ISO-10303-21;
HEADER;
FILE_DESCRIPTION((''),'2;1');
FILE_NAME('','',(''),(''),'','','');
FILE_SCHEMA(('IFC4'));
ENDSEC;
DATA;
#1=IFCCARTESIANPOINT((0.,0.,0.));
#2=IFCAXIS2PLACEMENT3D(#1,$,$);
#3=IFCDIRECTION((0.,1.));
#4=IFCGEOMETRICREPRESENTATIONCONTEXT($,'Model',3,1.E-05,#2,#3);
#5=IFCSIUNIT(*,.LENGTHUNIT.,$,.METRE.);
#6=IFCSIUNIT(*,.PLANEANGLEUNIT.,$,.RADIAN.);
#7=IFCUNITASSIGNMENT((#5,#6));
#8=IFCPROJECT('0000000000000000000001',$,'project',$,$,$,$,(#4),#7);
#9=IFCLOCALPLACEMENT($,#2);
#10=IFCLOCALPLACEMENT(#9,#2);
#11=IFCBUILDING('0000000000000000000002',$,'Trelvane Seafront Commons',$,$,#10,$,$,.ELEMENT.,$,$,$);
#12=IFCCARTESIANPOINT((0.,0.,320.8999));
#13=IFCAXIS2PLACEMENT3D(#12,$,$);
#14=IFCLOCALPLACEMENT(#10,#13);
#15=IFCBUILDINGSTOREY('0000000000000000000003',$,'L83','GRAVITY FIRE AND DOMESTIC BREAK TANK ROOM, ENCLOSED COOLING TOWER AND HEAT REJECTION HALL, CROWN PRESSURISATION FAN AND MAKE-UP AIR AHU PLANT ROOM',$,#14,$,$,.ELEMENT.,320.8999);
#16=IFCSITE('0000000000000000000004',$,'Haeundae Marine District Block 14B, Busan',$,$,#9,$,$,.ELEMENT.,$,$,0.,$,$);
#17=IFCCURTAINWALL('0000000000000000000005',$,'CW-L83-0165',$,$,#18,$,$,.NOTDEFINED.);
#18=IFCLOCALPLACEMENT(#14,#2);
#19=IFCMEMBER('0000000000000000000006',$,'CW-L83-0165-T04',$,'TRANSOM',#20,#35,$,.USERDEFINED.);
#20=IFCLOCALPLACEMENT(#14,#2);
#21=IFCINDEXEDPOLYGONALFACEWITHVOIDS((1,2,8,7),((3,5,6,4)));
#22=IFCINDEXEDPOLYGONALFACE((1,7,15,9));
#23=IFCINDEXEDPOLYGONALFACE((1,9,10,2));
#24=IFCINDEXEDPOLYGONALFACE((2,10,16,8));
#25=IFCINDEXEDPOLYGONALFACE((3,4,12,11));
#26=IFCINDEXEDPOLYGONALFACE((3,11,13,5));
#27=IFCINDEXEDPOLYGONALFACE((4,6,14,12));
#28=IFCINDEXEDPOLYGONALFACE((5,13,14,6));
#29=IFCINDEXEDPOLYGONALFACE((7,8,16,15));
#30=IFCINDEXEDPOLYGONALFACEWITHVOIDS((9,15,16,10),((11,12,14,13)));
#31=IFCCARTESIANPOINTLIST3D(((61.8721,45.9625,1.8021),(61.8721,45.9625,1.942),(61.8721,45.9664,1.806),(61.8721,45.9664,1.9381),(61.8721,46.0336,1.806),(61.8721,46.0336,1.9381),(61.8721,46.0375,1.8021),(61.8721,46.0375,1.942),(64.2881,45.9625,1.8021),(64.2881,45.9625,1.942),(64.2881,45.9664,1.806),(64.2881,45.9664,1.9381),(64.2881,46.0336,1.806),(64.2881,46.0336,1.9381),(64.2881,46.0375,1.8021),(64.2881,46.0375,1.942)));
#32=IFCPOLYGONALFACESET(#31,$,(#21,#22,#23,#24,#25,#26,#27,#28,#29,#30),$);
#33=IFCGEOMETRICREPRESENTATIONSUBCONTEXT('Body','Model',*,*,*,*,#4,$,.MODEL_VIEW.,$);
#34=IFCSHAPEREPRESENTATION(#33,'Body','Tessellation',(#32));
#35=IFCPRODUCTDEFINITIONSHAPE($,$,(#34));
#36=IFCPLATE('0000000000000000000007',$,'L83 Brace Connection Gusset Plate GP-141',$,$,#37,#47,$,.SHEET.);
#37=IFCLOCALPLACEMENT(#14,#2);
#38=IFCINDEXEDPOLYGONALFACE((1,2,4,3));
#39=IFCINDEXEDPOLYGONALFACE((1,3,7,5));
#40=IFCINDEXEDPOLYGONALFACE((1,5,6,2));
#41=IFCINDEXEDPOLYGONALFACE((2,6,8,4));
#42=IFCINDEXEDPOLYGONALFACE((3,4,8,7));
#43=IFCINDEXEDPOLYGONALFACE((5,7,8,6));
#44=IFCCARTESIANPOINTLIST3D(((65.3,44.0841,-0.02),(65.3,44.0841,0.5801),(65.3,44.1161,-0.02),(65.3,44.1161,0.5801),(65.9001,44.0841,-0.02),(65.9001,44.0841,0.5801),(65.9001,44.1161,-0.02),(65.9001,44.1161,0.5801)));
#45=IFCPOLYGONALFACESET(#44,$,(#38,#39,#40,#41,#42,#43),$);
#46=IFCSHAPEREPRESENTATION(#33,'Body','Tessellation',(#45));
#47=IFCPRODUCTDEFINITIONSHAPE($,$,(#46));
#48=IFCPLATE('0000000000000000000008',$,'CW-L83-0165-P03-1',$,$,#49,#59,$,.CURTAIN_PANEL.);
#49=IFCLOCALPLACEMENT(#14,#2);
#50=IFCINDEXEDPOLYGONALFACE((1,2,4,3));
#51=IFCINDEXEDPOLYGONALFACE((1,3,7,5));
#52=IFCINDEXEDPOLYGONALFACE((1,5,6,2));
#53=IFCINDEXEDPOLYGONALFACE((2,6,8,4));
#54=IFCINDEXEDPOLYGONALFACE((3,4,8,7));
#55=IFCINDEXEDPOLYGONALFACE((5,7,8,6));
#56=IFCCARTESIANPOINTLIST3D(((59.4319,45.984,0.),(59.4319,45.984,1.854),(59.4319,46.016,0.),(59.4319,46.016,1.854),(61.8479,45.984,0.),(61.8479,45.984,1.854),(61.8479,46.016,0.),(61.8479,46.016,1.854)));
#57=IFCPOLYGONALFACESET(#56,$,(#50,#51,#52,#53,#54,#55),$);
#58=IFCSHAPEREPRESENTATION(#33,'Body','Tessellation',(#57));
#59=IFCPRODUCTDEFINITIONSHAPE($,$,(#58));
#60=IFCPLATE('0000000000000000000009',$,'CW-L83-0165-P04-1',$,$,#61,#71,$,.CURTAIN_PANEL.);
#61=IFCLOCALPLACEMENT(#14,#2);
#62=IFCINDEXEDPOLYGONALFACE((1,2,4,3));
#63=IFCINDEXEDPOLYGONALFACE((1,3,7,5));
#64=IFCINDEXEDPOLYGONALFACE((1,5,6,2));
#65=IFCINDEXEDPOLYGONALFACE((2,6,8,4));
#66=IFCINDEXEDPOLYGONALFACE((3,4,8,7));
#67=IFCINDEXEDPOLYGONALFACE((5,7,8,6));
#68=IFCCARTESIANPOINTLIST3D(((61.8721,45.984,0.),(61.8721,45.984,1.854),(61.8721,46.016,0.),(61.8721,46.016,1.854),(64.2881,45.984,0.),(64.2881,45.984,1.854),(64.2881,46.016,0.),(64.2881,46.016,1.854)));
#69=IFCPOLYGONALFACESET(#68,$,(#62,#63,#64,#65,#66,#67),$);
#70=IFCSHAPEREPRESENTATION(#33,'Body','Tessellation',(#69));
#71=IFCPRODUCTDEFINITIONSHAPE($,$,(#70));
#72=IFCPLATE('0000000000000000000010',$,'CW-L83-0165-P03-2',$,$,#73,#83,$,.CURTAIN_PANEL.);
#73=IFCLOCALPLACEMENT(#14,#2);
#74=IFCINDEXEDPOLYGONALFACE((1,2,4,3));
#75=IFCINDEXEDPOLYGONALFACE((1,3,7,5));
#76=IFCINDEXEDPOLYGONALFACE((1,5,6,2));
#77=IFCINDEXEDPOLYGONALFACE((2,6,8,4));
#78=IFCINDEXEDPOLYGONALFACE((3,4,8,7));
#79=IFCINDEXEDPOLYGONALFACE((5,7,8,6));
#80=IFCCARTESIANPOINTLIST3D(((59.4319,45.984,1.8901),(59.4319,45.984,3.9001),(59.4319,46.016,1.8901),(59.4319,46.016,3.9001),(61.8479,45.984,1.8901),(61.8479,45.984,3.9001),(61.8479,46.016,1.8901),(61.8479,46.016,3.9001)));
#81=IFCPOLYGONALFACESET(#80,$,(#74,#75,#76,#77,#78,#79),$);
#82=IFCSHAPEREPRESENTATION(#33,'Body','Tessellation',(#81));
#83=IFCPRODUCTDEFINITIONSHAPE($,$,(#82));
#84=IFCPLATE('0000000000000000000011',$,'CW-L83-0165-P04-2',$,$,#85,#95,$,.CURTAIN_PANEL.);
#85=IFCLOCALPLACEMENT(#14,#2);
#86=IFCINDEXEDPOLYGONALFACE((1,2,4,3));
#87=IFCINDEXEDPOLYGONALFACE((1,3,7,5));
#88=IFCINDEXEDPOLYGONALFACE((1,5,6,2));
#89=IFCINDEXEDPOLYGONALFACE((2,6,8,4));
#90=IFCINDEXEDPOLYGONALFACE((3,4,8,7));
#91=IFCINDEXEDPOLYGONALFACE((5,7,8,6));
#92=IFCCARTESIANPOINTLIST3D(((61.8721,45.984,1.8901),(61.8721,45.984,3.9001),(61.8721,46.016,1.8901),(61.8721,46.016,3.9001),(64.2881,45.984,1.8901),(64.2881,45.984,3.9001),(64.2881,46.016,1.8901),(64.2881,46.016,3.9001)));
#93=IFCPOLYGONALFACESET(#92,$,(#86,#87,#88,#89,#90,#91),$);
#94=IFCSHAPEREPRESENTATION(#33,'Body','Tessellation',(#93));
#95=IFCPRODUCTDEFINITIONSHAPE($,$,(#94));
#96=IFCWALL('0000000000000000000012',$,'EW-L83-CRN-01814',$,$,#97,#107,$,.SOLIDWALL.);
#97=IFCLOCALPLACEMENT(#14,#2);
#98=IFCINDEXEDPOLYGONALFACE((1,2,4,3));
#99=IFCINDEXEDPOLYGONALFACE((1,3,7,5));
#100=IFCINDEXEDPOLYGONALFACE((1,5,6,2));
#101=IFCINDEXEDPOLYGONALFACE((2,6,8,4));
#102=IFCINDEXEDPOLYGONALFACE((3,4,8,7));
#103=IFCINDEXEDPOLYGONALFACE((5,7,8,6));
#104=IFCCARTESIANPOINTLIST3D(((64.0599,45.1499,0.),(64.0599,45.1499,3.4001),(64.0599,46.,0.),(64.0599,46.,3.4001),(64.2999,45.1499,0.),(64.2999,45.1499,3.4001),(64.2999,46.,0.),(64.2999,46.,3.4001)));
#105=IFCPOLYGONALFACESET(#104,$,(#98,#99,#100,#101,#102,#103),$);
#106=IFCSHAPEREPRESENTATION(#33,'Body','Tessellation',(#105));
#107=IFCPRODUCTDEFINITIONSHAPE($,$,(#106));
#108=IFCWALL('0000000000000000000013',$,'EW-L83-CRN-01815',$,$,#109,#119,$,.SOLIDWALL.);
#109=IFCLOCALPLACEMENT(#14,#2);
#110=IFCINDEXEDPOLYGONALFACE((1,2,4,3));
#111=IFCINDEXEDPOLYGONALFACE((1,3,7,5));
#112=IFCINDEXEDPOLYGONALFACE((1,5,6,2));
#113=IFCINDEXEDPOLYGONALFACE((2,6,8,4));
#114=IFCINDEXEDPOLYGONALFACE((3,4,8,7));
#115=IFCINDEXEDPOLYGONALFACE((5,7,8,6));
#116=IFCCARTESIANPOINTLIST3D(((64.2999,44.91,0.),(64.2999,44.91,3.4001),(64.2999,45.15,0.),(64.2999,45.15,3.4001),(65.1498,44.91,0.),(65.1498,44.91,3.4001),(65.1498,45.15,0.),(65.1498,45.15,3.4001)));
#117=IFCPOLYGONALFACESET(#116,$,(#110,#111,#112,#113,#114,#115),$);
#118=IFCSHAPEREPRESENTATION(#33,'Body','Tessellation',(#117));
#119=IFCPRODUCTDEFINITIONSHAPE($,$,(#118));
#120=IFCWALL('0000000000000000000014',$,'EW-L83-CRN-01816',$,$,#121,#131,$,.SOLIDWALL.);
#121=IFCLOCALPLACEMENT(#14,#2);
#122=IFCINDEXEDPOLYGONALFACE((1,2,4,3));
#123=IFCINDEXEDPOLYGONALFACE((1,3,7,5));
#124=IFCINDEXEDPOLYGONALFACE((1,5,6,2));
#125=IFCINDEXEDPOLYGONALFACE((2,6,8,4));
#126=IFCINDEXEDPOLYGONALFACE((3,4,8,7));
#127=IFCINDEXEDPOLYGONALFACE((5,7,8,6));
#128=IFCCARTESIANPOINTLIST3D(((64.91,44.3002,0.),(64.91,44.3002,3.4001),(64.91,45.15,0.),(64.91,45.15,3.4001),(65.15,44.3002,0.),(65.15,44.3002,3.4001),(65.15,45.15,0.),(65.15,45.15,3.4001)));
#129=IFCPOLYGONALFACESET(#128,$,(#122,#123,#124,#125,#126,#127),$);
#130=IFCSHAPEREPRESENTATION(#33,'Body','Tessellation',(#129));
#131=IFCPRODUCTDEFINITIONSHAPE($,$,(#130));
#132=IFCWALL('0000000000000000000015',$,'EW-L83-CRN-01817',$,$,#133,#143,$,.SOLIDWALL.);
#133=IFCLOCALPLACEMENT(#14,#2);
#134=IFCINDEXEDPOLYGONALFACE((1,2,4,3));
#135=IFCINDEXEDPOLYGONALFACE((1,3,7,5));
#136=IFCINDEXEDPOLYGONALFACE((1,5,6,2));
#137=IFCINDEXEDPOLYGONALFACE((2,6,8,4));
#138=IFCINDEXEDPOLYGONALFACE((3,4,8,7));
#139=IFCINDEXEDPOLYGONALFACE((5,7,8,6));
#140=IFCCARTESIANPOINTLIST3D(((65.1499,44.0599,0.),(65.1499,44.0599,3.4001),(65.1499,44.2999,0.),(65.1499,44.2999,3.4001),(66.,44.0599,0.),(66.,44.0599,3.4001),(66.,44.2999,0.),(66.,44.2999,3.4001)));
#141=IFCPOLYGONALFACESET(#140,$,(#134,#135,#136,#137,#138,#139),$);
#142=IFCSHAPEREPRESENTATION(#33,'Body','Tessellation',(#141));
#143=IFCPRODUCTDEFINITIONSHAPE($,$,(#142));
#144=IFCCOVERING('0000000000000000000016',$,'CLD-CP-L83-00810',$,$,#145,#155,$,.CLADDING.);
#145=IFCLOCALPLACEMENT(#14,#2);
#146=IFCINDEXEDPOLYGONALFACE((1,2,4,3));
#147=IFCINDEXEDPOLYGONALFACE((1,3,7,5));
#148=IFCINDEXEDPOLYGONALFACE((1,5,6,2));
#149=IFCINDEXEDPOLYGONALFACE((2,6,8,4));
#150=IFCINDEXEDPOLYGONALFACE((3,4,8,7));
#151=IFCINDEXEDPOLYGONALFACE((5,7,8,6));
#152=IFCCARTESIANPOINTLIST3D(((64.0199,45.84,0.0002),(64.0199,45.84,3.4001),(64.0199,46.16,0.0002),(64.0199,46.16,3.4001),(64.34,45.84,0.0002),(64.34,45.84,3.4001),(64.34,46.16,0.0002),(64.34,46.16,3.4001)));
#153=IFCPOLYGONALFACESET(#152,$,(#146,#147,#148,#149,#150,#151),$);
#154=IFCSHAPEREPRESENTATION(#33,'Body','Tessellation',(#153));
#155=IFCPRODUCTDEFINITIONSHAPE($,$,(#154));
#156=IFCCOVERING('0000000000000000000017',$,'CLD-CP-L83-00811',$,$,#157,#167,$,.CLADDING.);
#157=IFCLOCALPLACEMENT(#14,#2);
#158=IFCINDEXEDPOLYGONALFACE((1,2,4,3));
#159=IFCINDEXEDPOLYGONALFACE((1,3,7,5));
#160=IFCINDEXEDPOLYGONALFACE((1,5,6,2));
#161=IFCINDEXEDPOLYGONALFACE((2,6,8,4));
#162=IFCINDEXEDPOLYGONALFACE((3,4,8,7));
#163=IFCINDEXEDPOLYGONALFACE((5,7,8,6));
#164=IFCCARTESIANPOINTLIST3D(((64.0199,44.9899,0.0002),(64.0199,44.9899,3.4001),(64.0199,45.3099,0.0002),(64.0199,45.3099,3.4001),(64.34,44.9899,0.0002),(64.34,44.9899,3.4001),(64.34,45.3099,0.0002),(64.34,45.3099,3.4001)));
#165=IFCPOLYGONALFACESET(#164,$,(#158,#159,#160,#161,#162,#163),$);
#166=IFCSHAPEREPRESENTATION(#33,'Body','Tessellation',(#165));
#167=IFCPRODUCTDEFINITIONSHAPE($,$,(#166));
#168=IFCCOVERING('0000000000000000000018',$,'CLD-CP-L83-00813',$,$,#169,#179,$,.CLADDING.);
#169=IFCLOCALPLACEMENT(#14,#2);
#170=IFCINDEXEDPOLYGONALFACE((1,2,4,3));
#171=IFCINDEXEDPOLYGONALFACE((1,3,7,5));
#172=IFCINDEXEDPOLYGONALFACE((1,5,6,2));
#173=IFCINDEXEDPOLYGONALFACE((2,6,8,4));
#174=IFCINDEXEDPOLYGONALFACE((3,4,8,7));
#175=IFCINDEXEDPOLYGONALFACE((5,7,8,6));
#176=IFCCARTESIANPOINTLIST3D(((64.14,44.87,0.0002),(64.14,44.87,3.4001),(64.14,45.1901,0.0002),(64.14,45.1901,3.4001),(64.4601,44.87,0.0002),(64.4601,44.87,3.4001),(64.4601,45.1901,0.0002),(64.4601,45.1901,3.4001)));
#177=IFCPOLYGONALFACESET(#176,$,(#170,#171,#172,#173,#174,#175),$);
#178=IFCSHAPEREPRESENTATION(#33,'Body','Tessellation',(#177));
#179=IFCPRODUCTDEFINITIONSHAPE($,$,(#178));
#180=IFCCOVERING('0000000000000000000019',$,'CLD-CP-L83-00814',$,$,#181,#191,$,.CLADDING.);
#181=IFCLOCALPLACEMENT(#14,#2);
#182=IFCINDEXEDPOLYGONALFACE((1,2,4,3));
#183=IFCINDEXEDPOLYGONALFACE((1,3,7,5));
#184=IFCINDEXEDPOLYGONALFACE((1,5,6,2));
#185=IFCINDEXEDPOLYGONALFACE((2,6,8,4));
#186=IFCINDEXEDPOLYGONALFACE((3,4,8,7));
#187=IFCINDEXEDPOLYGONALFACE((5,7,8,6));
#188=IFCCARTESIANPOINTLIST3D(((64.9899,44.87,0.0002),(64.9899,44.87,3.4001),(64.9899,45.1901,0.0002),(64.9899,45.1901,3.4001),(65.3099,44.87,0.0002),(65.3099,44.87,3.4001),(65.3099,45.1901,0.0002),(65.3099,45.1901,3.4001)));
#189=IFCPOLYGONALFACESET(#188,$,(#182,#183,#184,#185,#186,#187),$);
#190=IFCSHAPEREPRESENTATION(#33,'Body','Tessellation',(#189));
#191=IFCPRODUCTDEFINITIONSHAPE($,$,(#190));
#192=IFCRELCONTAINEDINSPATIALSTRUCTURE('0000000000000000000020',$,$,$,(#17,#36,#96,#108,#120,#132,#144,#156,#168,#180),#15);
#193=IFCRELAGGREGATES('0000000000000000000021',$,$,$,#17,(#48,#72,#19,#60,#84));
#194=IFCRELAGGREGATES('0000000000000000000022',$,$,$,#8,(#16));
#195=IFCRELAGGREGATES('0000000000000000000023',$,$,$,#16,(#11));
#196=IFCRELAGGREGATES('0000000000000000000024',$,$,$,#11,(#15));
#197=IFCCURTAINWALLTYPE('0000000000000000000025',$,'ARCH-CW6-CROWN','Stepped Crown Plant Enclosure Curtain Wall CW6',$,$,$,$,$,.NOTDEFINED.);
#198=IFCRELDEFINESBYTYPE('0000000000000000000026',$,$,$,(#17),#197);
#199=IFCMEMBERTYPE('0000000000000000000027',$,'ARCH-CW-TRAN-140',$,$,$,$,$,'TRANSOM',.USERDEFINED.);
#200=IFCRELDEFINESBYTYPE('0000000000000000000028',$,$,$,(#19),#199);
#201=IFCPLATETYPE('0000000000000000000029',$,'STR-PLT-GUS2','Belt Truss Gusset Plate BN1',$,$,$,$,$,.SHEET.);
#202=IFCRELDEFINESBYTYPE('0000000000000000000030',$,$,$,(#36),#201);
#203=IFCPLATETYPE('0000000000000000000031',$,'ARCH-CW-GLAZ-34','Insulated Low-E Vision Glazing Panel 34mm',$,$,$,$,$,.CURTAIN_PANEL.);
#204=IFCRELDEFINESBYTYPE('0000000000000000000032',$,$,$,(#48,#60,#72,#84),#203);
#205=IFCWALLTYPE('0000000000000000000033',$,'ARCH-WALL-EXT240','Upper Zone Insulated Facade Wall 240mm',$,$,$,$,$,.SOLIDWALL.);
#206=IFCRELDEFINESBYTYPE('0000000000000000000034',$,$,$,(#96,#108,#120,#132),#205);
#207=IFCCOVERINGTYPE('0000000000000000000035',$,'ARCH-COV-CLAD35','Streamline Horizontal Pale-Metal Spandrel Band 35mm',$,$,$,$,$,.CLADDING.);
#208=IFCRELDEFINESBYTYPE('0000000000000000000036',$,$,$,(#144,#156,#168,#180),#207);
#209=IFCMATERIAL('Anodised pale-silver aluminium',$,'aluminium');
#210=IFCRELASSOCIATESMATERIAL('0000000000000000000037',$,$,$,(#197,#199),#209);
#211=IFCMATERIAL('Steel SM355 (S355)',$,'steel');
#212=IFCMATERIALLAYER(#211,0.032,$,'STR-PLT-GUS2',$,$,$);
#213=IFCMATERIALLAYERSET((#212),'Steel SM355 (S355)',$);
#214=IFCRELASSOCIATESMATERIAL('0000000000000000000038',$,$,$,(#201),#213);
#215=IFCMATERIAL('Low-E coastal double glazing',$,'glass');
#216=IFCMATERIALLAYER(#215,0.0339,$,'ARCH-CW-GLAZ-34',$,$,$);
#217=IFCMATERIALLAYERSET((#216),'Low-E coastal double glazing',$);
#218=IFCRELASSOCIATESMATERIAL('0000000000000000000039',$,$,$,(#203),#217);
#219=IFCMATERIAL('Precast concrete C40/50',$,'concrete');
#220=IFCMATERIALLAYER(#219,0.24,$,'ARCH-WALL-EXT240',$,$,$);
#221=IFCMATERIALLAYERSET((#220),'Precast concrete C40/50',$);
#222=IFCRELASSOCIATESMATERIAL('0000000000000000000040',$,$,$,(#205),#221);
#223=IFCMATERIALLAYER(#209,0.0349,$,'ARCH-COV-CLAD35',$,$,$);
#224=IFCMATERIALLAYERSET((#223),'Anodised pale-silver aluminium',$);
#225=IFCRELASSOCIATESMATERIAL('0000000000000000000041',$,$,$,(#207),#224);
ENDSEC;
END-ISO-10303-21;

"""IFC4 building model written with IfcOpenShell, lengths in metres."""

from ifc_helpers import new_model, si_unit, direction, frame, frame_2d, origin, origin_2d, place, context, subcontext, project, spatial, rectangle, hollow_rectangle, extrude, source, transform, mapped, material, layer, layer_set, material_profile, profile_set, type_object, element, aggregate, save


model = new_model("IFC4")

# Units and contexts
model_context = context("Model", 3, precision=1e-05, world=origin(), true_north=direction((0.0, 1.0)))
body_context = subcontext(model_context, "Body", "Model", "MODEL_VIEW")
ifc_project = project(units=[si_unit("LENGTHUNIT", "METRE"), si_unit("PLANEANGLEUNIT", "RADIAN")], contexts=[model_context])

# Site, building, storey
site_placement = place(None, origin())
site = spatial("IfcSite", under=ifc_project, at=site_placement, Name="Haeundae Marine District Block 14B, Busan", CompositionType="ELEMENT", RefElevation=0.0)
building_placement = place(site_placement, origin())
building = spatial("IfcBuilding", under=site, at=building_placement, Name="Trelvane Seafront Commons", CompositionType="ELEMENT")
storey_placement = place(building_placement, frame((0.0, 0.0, 320.8999)))
storey = spatial("IfcBuildingStorey", under=building, at=storey_placement, Name="L83", Description="GRAVITY FIRE AND DOMESTIC BREAK TANK ROOM, ENCLOSED COOLING TOWER AND HEAT REJECTION HALL, CROWN PRESSURISATION FAN AND MAKE-UP AIR AHU PLANT ROOM", CompositionType="ELEMENT", Elevation=320.8999)

# Shared definitions
ifc_material_1 = material(Name="Steel SM355 (S355)", Category="steel")

# Curtain wall
ifc_material_2 = material(Name="Anodised pale-silver aluminium", Category="aluminium")
curtain_wall_type = type_object("IfcCurtainWallType", Name="ARCH-CW6-CROWN", Description="Stepped Crown Plant Enclosure Curtain Wall CW6", PredefinedType="NOTDEFINED", material=ifc_material_2)
curtain_wall_1_placement = place(storey_placement, origin())
curtain_wall_1 = element("IfcCurtainWall", 1, at=curtain_wall_1_placement, inside=storey, type_object=curtain_wall_type, Name="CW-L83-0165", PredefinedType="NOTDEFINED")
ifc_material_profile_1 = material_profile(ifc_material_2, hollow_rectangle(XDim=0.075, YDim=0.1399, WallThickness=0.0039, at=origin_2d()), Name="TRAN-75x140x4")
ifc_profile_set_1 = profile_set([ifc_material_profile_1], Name="Anodised pale-silver aluminium")
member_type_1 = type_object("IfcMemberType", Name="ARCH-CW-TRAN-140", ElementType="TRANSOM", PredefinedType="USERDEFINED", material=ifc_profile_set_1)

# Member
shared_shape_1 = source(origin(), body_context, "Body", "SweptSolid", [
    extrude(hollow_rectangle(XDim=0.075, YDim=0.1399, WallThickness=0.0039, at=origin_2d()), origin(), (0.0, 0.0, 1.0), 2.416),
])
member_1_placement = place(storey_placement, frame((61.8721, 46.0, 1.8721), z_axis=(1.0, 0.0, 0.0), x_axis=(0.0, 1.0, 0.0)))
member_1 = element("IfcMember", 2, at=member_1_placement, type_object=member_type_1, Name="CW-L83-0165-T04", ObjectType="TRANSOM", PredefinedType="USERDEFINED", context=body_context, shape_type="MappedRepresentation", body=[
    mapped(shared_shape_1, transform((0.0, 0.0, 0.0), x_axis=(1.0, 0.0, 0.0), y_axis=(0.0, 1.0, 0.0), z_axis=(0.0, 0.0, 1.0), scale=1.0)),
])

# Plates
ifc_layer_1 = layer(ifc_material_1, 0.032, Name="STR-PLT-GUS2")
ifc_layer_set_1 = layer_set([ifc_layer_1], Name="Steel SM355 (S355)")
plate_type_1 = type_object("IfcPlateType", Name="STR-PLT-GUS2", Description="Belt Truss Gusset Plate BN1", PredefinedType="SHEET", material=ifc_layer_set_1)
shared_shape_2 = source(origin(), body_context, "Body", "SweptSolid", [
    extrude(rectangle(XDim=0.6001, YDim=0.032, at=origin_2d()), origin(), (0.0, 0.0, 1.0), 0.6001),
])
plate_1_placement = place(storey_placement, frame((65.6001, 44.1001, -0.02), z_axis=(0.0, 0.0, 1.0), x_axis=(1.0, 0.0, 0.0)))
element("IfcPlate", 3, at=plate_1_placement, inside=storey, type_object=plate_type_1, Name="L83 Brace Connection Gusset Plate GP-141", PredefinedType="SHEET", context=body_context, shape_type="MappedRepresentation", body=[
    mapped(shared_shape_2, transform((0.0, 0.0, 0.0), x_axis=(1.0, 0.0, 0.0), y_axis=(0.0, 1.0, 0.0), z_axis=(0.0, 0.0, 1.0), scale=1.0)),
])
ifc_material_3 = material(Name="Low-E coastal double glazing", Category="glass")
ifc_layer_2 = layer(ifc_material_3, 0.0339, Name="ARCH-CW-GLAZ-34")
ifc_layer_set_2 = layer_set([ifc_layer_2], Name="Low-E coastal double glazing")
plate_type_2 = type_object("IfcPlateType", Name="ARCH-CW-GLAZ-34", Description="Insulated Low-E Vision Glazing Panel 34mm", PredefinedType="CURTAIN_PANEL", material=ifc_layer_set_2)
shared_shape_3 = source(origin(), body_context, "Body", "SweptSolid", [
    extrude(rectangle(XDim=2.416, YDim=0.032, at=origin_2d()), origin(), (0.0, 0.0, 1.0), 1.854),
])
plate_2_placement = place(storey_placement, frame((60.6399, 46.0, 0.0), z_axis=(0.0, 0.0, 1.0), x_axis=(1.0, 0.0, 0.0)))
plate_2 = element("IfcPlate", 4, at=plate_2_placement, type_object=plate_type_2, Name="CW-L83-0165-P03-1", PredefinedType="CURTAIN_PANEL", context=body_context, shape_type="MappedRepresentation", body=[
    mapped(shared_shape_3, transform((0.0, 0.0, 0.0), x_axis=(1.0, 0.0, 0.0), y_axis=(0.0, 1.0, 0.0), z_axis=(0.0, 0.0, 1.0), scale=1.0)),
])
plate_3_placement = place(storey_placement, frame((63.0801, 46.0, 0.0), z_axis=(0.0, 0.0, 1.0), x_axis=(1.0, 0.0, 0.0)))
plate_3 = element("IfcPlate", 5, at=plate_3_placement, type_object=plate_type_2, Name="CW-L83-0165-P04-1", PredefinedType="CURTAIN_PANEL", context=body_context, shape_type="MappedRepresentation", body=[
    mapped(shared_shape_3, transform((0.0, 0.0, 0.0), x_axis=(1.0, 0.0, 0.0), y_axis=(0.0, 1.0, 0.0), z_axis=(0.0, 0.0, 1.0), scale=1.0)),
])
shared_shape_4 = source(origin(), body_context, "Body", "SweptSolid", [
    extrude(rectangle(XDim=2.416, YDim=0.032, at=origin_2d()), origin(), (0.0, 0.0, 1.0), 2.01),
])
plate_4_placement = place(storey_placement, frame((60.6399, 46.0, 1.8901), z_axis=(0.0, 0.0, 1.0), x_axis=(1.0, 0.0, 0.0)))
plate_4 = element("IfcPlate", 6, at=plate_4_placement, type_object=plate_type_2, Name="CW-L83-0165-P03-2", PredefinedType="CURTAIN_PANEL", context=body_context, shape_type="MappedRepresentation", body=[
    mapped(shared_shape_4, transform((0.0, 0.0, 0.0), x_axis=(1.0, 0.0, 0.0), y_axis=(0.0, 1.0, 0.0), z_axis=(0.0, 0.0, 1.0), scale=1.0)),
])
plate_5_placement = place(storey_placement, frame((63.0801, 46.0, 1.8901), z_axis=(0.0, 0.0, 1.0), x_axis=(1.0, 0.0, 0.0)))
plate_5 = element("IfcPlate", 7, at=plate_5_placement, type_object=plate_type_2, Name="CW-L83-0165-P04-2", PredefinedType="CURTAIN_PANEL", context=body_context, shape_type="MappedRepresentation", body=[
    mapped(shared_shape_4, transform((0.0, 0.0, 0.0), x_axis=(1.0, 0.0, 0.0), y_axis=(0.0, 1.0, 0.0), z_axis=(0.0, 0.0, 1.0), scale=1.0)),
])
aggregate(curtain_wall_1, [plate_2, plate_4, member_1, plate_3, plate_5])

# Walls
ifc_material_4 = material(Name="Precast concrete C40/50", Category="concrete")
ifc_layer_3 = layer(ifc_material_4, 0.24, Name="ARCH-WALL-EXT240")
ifc_layer_set_3 = layer_set([ifc_layer_3], Name="Precast concrete C40/50")
wall_type = type_object("IfcWallType", Name="ARCH-WALL-EXT240", Description="Upper Zone Insulated Facade Wall 240mm", PredefinedType="SOLIDWALL", material=ifc_layer_set_3)
wall_1_placement = place(storey_placement, frame((64.1799, 46.0, 0.0), z_axis=(0.0, 0.0, 1.0), x_axis=(0.0, -1.0, 0.0)))
element("IfcWall", 8, at=wall_1_placement, inside=storey, type_object=wall_type, Name="EW-L83-CRN-01814", PredefinedType="SOLIDWALL", context=body_context, shape_type="SweptSolid", body=[
    extrude(rectangle(XDim=0.8501, YDim=0.24, at=frame_2d((0.425, 0.0))), origin(), (0.0, 0.0, 1.0), 3.4001),
])
for number, where, z_axis, x_axis, name in (
    (9, (64.3, 45.03, 0.0), (0.0, 0.0, 1.0), (1.0, 0.0, 0.0), "EW-L83-CRN-01815"),
    (10, (65.03, 45.1499, 0.0), (0.0, 0.0, 1.0), (0.0, -1.0, 0.0), "EW-L83-CRN-01816"),
):
    element("IfcWall", number, at=place(storey_placement, frame(where, z_axis=z_axis, x_axis=x_axis)), inside=storey, type_object=wall_type, Name=name, PredefinedType="SOLIDWALL", context=body_context, shape_type="SweptSolid", body=[
        extrude(rectangle(XDim=0.8499, YDim=0.24, at=frame_2d((0.4248, 0.0))), origin(), (0.0, 0.0, 1.0), 3.4001),
    ])
wall_2_placement = place(storey_placement, frame((65.1499, 44.1799, 0.0), z_axis=(0.0, 0.0, 1.0), x_axis=(1.0, 0.0, 0.0)))
element("IfcWall", 11, at=wall_2_placement, inside=storey, type_object=wall_type, Name="EW-L83-CRN-01817", PredefinedType="SOLIDWALL", context=body_context, shape_type="SweptSolid", body=[
    extrude(rectangle(XDim=0.8501, YDim=0.24, at=frame_2d((0.425, 0.0))), origin(), (0.0, 0.0, 1.0), 3.4001),
])

# Coverings
ifc_layer_4 = layer(ifc_material_2, 0.0349, Name="ARCH-COV-CLAD35")
ifc_layer_set_4 = layer_set([ifc_layer_4], Name="Anodised pale-silver aluminium")
covering_type = type_object("IfcCoveringType", Name="ARCH-COV-CLAD35", Description="Streamline Horizontal Pale-Metal Spandrel Band 35mm", PredefinedType="CLADDING", material=ifc_layer_set_4)
shared_shape_5 = source(origin(), body_context, "Body", "SweptSolid", [
    extrude(rectangle(XDim=0.3201, YDim=0.3201, at=origin_2d()), origin(), (0.0, 0.0, 1.0), 3.3999),
])
for number, where, z_axis, x_axis, name in (
    (12, (64.1799, 46.0, 0.0002), (0.0, 0.0, 1.0), (1.0, 0.0, 0.0), "CLD-CP-L83-00810"),
    (13, (64.1799, 45.1499, 0.0002), (0.0, 0.0, 1.0), (1.0, 0.0, 0.0), "CLD-CP-L83-00811"),
    (14, (64.3, 45.03, 0.0002), (0.0, 0.0, 1.0), (1.0, 0.0, 0.0), "CLD-CP-L83-00813"),
    (15, (65.1499, 45.03, 0.0002), (0.0, 0.0, 1.0), (1.0, 0.0, 0.0), "CLD-CP-L83-00814"),
):
    element("IfcCovering", number, at=place(storey_placement, frame(where, z_axis=z_axis, x_axis=x_axis)), inside=storey, type_object=covering_type, Name=name, PredefinedType="CLADDING", context=body_context, shape_type="MappedRepresentation", body=[
        mapped(shared_shape_5, transform((0.0, 0.0, 0.0), x_axis=(1.0, 0.0, 0.0), y_axis=(0.0, 1.0, 0.0), z_axis=(0.0, 0.0, 1.0), scale=1.0)),
    ])

save(model, "model.ifc")
